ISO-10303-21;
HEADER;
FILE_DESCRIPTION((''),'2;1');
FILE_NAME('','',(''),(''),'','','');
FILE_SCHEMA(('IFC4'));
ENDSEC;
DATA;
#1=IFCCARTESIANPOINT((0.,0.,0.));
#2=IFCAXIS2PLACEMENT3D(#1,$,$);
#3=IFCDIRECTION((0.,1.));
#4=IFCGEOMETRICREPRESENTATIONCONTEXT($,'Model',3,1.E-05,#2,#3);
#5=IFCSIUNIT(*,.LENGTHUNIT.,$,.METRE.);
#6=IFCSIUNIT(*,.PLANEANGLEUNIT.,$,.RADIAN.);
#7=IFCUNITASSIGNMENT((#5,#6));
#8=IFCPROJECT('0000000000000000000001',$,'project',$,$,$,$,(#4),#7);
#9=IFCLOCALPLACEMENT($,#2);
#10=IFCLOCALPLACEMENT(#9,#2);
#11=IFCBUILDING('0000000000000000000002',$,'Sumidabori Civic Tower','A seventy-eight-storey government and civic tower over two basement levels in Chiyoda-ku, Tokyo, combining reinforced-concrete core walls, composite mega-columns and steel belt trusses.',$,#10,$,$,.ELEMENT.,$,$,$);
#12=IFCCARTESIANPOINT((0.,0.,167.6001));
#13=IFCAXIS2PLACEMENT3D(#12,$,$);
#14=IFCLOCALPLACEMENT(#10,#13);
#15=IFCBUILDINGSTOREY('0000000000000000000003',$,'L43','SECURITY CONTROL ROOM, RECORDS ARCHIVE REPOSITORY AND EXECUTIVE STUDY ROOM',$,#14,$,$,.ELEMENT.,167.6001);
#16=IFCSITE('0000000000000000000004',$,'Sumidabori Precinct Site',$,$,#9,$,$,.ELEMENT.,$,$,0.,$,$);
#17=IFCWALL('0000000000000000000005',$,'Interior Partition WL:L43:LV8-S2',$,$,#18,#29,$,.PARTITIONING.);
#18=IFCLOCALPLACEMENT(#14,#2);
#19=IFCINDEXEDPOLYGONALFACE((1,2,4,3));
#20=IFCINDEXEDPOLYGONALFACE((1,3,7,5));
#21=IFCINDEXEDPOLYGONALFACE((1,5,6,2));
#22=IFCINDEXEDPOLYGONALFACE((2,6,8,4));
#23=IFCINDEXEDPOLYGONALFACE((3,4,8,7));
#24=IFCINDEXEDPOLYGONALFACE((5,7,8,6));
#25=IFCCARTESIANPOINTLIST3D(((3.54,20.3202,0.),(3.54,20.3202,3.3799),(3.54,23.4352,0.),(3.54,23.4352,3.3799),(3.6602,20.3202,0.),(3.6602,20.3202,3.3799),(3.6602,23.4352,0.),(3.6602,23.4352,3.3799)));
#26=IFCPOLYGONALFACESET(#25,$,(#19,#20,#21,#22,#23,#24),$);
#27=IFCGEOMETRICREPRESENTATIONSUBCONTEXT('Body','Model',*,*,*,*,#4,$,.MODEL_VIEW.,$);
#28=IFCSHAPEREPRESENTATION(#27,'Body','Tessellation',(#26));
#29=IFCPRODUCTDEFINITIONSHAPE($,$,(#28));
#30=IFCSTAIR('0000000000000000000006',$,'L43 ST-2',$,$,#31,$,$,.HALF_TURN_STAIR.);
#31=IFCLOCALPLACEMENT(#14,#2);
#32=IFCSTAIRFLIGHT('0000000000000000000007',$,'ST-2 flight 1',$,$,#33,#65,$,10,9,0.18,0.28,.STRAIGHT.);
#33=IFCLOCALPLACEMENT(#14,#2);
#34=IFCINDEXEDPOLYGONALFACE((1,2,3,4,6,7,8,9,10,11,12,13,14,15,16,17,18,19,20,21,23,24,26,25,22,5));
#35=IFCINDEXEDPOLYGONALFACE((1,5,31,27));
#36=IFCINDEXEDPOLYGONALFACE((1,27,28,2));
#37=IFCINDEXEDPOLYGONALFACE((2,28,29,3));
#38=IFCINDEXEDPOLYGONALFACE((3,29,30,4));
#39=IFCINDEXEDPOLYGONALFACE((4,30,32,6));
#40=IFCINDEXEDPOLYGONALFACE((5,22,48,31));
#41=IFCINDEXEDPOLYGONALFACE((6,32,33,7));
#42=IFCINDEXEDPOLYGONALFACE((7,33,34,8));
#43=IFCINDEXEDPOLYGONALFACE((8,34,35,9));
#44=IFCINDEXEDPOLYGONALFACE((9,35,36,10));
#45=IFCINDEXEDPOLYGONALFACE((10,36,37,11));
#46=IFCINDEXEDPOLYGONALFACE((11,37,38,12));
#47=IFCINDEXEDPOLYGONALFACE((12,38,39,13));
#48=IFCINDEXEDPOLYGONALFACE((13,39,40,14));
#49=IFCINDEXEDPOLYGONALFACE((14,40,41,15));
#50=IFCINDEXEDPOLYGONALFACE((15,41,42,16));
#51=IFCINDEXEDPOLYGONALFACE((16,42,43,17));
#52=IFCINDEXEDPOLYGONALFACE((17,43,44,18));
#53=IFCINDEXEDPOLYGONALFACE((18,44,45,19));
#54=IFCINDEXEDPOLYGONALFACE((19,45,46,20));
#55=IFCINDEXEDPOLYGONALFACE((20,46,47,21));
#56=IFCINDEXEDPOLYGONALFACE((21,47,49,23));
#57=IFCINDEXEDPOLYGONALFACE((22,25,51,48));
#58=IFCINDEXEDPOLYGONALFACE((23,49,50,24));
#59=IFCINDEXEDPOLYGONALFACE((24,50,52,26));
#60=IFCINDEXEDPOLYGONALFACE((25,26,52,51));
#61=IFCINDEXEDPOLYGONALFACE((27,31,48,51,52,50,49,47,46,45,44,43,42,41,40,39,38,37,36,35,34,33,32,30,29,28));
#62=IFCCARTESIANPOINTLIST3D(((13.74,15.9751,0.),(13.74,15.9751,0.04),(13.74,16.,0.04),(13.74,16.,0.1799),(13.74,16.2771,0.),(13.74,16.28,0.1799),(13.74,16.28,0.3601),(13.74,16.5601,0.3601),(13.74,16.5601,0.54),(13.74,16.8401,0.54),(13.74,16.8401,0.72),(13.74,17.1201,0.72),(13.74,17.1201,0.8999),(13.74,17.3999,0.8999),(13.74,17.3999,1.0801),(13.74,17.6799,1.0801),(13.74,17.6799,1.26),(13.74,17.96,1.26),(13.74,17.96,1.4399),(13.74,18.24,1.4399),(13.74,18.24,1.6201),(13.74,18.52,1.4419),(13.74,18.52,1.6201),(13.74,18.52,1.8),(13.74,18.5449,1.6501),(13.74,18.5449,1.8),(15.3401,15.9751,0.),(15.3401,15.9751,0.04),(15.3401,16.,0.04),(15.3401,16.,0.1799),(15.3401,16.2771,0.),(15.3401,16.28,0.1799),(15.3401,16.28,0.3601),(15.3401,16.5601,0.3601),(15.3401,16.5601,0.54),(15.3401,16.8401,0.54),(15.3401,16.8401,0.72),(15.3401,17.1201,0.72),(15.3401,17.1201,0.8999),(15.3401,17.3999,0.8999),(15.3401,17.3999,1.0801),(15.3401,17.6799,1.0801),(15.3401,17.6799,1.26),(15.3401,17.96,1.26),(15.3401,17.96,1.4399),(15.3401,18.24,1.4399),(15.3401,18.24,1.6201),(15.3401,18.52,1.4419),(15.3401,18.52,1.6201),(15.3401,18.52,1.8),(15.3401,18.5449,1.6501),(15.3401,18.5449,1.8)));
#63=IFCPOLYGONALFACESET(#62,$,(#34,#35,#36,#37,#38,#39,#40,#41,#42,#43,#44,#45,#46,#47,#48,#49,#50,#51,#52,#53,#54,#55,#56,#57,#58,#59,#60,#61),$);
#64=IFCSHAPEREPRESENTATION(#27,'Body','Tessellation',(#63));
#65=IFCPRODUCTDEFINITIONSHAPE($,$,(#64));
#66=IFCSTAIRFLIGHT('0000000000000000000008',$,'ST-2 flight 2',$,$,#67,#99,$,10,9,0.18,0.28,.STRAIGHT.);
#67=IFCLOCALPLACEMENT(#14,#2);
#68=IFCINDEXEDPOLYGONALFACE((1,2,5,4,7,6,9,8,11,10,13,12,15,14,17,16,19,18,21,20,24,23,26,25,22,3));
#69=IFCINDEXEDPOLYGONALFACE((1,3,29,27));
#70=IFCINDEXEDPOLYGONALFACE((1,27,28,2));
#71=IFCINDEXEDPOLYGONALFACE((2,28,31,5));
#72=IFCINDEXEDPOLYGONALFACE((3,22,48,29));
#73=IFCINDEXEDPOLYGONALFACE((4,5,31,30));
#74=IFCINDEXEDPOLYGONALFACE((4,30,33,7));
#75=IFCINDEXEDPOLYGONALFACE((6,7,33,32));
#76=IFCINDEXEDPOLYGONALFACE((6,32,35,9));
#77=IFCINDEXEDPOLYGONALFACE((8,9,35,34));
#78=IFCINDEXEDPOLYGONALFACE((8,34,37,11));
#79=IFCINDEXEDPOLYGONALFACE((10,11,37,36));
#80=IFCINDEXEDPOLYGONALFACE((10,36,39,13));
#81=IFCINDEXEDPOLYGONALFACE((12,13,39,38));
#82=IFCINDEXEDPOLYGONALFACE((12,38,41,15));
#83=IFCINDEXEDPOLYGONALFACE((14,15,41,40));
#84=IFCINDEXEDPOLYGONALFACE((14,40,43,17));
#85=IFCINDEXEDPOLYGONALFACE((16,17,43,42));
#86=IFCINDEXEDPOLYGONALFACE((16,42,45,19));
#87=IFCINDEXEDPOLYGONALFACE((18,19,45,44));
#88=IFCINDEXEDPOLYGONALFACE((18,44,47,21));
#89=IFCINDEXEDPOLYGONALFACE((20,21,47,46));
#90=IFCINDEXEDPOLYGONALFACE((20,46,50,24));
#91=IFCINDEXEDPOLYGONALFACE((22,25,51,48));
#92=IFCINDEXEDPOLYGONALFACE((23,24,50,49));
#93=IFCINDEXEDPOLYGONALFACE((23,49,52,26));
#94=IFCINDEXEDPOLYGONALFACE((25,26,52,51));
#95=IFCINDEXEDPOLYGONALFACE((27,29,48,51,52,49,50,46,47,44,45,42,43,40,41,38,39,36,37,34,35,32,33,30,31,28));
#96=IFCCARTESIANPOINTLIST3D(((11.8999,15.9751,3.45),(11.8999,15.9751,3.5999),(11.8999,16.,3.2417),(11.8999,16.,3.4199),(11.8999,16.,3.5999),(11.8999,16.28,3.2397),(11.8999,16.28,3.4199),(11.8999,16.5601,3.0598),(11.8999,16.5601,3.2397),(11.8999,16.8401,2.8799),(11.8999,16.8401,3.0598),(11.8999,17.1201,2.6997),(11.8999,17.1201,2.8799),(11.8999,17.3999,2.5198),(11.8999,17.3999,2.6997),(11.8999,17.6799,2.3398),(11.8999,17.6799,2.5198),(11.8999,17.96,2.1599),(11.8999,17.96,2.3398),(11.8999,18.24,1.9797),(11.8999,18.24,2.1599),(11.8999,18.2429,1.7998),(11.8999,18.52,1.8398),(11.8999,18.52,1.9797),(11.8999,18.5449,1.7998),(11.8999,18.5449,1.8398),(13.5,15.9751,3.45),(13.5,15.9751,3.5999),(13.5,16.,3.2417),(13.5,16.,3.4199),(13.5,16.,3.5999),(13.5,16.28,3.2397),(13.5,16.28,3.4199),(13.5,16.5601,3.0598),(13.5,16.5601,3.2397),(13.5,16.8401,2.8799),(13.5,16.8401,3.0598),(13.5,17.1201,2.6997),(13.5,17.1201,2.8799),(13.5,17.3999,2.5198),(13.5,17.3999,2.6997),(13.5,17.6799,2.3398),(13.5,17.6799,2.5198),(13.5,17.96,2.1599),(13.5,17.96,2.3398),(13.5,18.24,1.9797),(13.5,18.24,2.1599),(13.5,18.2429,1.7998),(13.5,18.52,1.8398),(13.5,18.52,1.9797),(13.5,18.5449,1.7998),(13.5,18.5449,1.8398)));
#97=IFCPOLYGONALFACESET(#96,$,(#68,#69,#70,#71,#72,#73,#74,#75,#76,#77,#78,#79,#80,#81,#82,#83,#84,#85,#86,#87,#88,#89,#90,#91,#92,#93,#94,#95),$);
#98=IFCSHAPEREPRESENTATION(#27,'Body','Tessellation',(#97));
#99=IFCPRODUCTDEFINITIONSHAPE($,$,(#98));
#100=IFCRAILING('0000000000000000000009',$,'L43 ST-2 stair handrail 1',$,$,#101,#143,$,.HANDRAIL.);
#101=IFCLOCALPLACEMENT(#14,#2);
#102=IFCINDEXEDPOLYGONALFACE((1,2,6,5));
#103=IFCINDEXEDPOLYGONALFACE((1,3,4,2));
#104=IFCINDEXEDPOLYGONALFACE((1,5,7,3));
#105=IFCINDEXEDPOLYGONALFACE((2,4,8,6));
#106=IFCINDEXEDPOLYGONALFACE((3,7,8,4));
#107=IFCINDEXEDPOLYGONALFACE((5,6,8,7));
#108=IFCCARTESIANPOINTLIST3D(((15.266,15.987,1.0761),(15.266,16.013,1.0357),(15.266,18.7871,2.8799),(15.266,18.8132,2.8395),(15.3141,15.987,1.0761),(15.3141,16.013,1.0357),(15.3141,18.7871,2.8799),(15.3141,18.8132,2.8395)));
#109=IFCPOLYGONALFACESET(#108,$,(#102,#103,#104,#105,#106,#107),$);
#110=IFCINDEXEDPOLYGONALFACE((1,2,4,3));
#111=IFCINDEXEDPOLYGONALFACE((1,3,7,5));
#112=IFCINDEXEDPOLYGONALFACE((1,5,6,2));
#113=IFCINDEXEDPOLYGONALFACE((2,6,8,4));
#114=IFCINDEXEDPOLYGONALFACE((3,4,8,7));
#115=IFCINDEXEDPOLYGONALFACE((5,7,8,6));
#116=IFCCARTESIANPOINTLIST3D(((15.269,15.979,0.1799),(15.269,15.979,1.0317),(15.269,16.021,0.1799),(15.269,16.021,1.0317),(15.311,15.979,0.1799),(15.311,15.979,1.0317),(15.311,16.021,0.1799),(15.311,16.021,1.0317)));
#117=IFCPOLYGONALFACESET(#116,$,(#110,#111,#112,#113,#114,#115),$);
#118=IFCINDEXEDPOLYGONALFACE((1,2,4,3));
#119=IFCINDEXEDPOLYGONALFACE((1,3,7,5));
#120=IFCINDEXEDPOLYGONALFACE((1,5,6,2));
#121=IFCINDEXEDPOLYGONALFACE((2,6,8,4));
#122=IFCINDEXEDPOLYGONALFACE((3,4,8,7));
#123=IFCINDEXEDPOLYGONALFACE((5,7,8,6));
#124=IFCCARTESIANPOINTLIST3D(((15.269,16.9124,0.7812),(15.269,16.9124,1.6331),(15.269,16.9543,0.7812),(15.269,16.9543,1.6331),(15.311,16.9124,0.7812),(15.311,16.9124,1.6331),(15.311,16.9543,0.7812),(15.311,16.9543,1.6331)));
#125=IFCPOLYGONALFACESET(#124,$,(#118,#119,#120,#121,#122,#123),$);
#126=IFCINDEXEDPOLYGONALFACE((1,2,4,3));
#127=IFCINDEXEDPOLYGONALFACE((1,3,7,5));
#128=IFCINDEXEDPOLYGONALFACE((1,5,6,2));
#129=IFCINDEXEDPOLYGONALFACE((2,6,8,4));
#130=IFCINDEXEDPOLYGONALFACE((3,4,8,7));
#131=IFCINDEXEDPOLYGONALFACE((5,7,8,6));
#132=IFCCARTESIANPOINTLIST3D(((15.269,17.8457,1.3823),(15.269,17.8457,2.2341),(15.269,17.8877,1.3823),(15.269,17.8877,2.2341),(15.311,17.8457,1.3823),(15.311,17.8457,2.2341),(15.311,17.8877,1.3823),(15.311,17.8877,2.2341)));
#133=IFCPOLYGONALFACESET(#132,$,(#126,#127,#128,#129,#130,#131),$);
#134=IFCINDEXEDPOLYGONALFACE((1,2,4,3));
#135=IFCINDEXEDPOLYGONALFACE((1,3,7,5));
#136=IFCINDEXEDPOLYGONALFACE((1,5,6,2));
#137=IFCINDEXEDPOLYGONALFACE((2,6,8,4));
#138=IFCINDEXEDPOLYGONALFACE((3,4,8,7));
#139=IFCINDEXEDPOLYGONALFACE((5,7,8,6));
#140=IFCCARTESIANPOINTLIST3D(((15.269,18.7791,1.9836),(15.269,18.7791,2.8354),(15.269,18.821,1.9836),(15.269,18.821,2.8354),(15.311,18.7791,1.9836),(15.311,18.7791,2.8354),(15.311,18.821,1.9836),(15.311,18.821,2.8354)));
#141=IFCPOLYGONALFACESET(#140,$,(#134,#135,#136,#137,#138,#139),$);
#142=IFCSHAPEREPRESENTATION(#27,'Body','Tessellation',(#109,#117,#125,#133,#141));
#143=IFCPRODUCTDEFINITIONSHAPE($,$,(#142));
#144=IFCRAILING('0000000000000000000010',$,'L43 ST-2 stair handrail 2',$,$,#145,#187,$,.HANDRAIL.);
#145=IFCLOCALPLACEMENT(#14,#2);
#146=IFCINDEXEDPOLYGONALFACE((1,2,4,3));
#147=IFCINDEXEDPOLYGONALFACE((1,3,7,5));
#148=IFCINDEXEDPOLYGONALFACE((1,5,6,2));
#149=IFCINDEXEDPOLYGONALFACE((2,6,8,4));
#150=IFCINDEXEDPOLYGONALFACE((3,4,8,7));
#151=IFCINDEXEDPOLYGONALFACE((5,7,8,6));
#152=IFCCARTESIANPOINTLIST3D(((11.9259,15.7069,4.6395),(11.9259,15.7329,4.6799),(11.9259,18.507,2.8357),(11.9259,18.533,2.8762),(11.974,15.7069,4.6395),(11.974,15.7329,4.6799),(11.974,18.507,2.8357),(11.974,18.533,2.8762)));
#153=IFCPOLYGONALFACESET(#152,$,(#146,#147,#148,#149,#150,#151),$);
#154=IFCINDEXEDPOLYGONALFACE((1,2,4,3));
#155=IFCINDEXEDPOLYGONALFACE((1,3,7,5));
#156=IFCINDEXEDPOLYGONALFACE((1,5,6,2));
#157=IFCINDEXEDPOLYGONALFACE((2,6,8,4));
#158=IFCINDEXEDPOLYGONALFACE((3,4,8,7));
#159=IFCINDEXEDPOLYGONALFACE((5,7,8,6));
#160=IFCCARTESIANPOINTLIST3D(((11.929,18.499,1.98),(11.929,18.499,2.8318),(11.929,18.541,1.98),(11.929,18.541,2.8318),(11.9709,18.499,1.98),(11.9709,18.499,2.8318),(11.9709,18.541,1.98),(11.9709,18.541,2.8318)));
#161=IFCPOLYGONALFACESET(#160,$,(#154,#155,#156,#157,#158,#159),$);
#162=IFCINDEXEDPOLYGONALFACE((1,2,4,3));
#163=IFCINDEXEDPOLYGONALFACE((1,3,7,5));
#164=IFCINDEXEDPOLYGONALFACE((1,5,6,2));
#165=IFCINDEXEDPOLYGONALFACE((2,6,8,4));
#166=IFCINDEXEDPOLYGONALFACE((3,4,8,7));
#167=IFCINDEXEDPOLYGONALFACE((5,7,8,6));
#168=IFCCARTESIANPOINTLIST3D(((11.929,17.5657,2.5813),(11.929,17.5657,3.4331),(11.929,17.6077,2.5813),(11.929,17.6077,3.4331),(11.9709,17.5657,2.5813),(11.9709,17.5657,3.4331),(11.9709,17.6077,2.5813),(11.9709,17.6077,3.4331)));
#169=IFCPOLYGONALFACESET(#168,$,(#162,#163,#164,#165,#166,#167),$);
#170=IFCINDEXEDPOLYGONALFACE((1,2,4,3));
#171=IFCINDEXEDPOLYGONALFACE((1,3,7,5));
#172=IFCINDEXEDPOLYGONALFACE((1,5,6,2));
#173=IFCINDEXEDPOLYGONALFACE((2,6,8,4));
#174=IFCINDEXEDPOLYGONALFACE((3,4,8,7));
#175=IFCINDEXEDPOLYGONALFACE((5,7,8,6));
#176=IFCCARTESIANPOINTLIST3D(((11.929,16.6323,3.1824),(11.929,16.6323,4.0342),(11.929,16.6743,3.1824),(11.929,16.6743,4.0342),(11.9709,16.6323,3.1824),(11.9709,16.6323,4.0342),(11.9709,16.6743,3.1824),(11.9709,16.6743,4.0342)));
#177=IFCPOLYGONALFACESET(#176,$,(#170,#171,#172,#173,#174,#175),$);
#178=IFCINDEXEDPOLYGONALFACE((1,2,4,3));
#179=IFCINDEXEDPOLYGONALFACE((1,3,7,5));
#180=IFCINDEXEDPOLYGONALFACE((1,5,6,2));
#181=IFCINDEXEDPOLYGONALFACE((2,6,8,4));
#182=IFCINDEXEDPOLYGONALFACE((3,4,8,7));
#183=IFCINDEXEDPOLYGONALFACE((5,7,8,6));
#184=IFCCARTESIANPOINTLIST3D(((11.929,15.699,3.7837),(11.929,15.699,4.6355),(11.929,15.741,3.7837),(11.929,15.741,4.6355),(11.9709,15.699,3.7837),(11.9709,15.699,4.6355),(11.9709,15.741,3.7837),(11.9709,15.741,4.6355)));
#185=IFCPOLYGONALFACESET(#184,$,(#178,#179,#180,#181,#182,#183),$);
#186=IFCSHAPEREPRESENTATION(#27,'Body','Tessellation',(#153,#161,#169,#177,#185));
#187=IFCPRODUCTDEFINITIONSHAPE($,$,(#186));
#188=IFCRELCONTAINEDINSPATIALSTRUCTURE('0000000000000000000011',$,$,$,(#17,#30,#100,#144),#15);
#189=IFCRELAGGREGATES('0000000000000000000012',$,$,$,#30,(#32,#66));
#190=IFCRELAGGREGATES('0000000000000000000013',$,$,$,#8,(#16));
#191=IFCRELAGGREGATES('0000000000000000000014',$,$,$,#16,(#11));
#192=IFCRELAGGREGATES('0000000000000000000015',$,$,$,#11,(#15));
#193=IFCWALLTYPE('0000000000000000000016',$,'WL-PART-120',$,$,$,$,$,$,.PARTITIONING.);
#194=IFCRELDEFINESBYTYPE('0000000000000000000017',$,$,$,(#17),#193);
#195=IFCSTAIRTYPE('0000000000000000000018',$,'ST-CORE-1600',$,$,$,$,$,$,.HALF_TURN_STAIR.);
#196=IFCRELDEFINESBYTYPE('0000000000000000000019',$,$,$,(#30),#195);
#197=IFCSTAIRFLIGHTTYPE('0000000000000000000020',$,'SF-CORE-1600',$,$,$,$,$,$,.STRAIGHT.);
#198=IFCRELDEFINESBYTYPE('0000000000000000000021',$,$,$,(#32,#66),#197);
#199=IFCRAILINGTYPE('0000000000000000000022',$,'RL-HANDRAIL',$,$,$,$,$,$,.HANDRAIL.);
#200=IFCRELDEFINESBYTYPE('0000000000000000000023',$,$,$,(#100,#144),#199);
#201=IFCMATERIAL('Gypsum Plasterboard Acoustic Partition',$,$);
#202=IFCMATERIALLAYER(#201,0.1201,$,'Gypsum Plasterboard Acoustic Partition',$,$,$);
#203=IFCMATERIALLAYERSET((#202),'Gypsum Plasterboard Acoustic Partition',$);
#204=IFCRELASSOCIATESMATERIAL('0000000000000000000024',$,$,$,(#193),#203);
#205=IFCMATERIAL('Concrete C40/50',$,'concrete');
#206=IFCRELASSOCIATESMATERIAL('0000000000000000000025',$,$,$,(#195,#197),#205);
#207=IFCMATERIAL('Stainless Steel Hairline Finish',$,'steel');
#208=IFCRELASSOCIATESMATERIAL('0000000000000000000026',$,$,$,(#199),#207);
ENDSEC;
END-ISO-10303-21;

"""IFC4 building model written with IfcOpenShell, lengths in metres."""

from ifc_helpers import new_model, si_unit, direction, frame, frame_2d, origin, origin_2d, place, context, subcontext, project, spatial, polyline, rectangle, outline, extrude, source, transform, mapped, material, layer, layer_set, type_object, element, aggregate, save


model = new_model("IFC4")

# Units and contexts
model_context = context("Model", 3, precision=1e-05, world=origin(), true_north=direction((0.0, 1.0)))
body_context = subcontext(model_context, "Body", "Model", "MODEL_VIEW")
ifc_project = project(units=[si_unit("LENGTHUNIT", "METRE"), si_unit("PLANEANGLEUNIT", "RADIAN")], contexts=[model_context])

# Site, building, storey
site_placement = place(None, origin())
site = spatial("IfcSite", under=ifc_project, at=site_placement, Name="Sumidabori Precinct Site", CompositionType="ELEMENT", RefElevation=0.0)
building_placement = place(site_placement, origin())
building = spatial("IfcBuilding", under=site, at=building_placement, Name="Sumidabori Civic Tower", Description="A seventy-eight-storey government and civic tower over two basement levels in Chiyoda-ku, Tokyo, combining reinforced-concrete core walls, composite mega-columns and steel belt trusses.", CompositionType="ELEMENT")
storey_placement = place(building_placement, frame((0.0, 0.0, 167.6001)))
storey = spatial("IfcBuildingStorey", under=building, at=storey_placement, Name="L43", Description="SECURITY CONTROL ROOM, RECORDS ARCHIVE REPOSITORY AND EXECUTIVE STUDY ROOM", CompositionType="ELEMENT", Elevation=167.6001)

# Wall
ifc_material_1 = material(Name="Gypsum Plasterboard Acoustic Partition")
ifc_layer_1 = layer(ifc_material_1, 0.1201, Name="Gypsum Plasterboard Acoustic Partition")
ifc_layer_set_1 = layer_set([ifc_layer_1], Name="Gypsum Plasterboard Acoustic Partition")
wall_type_1 = type_object("IfcWallType", Name="WL-PART-120", PredefinedType="PARTITIONING", material=ifc_layer_set_1)
shared_shape_1 = source(origin(), body_context, "Body", "SweptSolid", [
    extrude(rectangle(XDim=3.115, YDim=0.1201, at=frame_2d((1.5576, 0.0))), origin(), (0.0, 0.0, 1.0), 3.3799),
])
for number, where, z_axis, x_axis, name in (
    (1, (3.6001, 20.3201, 0.0), (0.0, 0.0, 1.0), (0.0, 1.0, 0.0), "Interior Partition WL:L43:LV8-S2"),
):
    element("IfcWall", number, at=place(storey_placement, frame(where, z_axis=z_axis, x_axis=x_axis)), inside=storey, type_object=wall_type_1, Name=name, PredefinedType="PARTITIONING", context=body_context, shape_type="MappedRepresentation", body=[
        mapped(shared_shape_1, transform((0.0, 0.0, 0.0), x_axis=(1.0, 0.0, 0.0), y_axis=(0.0, 1.0, 0.0), z_axis=(0.0, 0.0, 1.0), scale=1.0)),
    ])

# Stair, stair flights
ifc_material_2 = material(Name="Concrete C40/50", Category="concrete")
stair_type = type_object("IfcStairType", Name="ST-CORE-1600", PredefinedType="HALF_TURN_STAIR", material=ifc_material_2)
stair_placement = place(storey_placement, origin())
stair = element("IfcStair", 2, at=stair_placement, inside=storey, type_object=stair_type, Name="L43 ST-2", PredefinedType="HALF_TURN_STAIR")
stair_flight_type = type_object("IfcStairFlightType", Name="SF-CORE-1600", PredefinedType="STRAIGHT", material=ifc_material_2)
shared_shape_2 = source(origin(), body_context, "Body", "SweptSolid", [
    extrude(outline(polyline([(-0.0249, 0.0), (-0.0249, 0.04), (0.0, 0.04), (0.0, 0.1799), (0.28, 0.1799), (0.28, 0.3601), (0.5601, 0.3601), (0.5601, 0.54), (0.8401, 0.54), (0.8401, 0.72), (1.1201, 0.72), (1.1201, 0.8999), (1.3999, 0.8999), (1.3999, 1.0801), (1.6799, 1.0801), (1.6799, 1.26), (1.96, 1.26), (1.96, 1.4399), (2.24, 1.4399), (2.24, 1.6201), (2.52, 1.6201), (2.52, 1.8), (2.5449, 1.8), (2.5449, 1.6501), (2.52, 1.4419), (0.2771, 0.0), (-0.0249, 0.0)])), frame((0.0, 0.8, 0.0), z_axis=(0.0, -1.0, 0.0), x_axis=(1.0, 0.0, 0.0)), (0.0, 0.0, 1.0), 1.6001),
])
stair_flight_1_placement = place(storey_placement, frame((14.54, 16.0, 0.0), z_axis=(0.0, 0.0, 1.0), x_axis=(0.0, 1.0, 0.0)))
stair_flight_1 = element("IfcStairFlight", 3, at=stair_flight_1_placement, type_object=stair_flight_type, Name="ST-2 flight 1", NumberOfRisers=10, NumberOfTreads=9, PredefinedType="STRAIGHT", RiserHeight=0.18, TreadLength=0.28, context=body_context, shape_type="MappedRepresentation", body=[
    mapped(shared_shape_2, transform((0.0, 0.0, 0.0), x_axis=(1.0, 0.0, 0.0), y_axis=(0.0, 1.0, 0.0), z_axis=(0.0, 0.0, 1.0), scale=1.0)),
])
stair_flight_2_placement = place(storey_placement, frame((12.7, 18.52, 1.7998), z_axis=(0.0, 0.0, 1.0), x_axis=(0.0, -1.0, 0.0)))
stair_flight_2 = element("IfcStairFlight", 4, at=stair_flight_2_placement, type_object=stair_flight_type, Name="ST-2 flight 2", NumberOfRisers=10, NumberOfTreads=9, PredefinedType="STRAIGHT", RiserHeight=0.18, TreadLength=0.28, context=body_context, shape_type="MappedRepresentation", body=[
    mapped(shared_shape_2, transform((0.0, 0.0, 0.0), x_axis=(1.0, 0.0, 0.0), y_axis=(0.0, 1.0, 0.0), z_axis=(0.0, 0.0, 1.0), scale=1.0)),
])
aggregate(stair, [stair_flight_1, stair_flight_2])

# Railings
ifc_material_3 = material(Name="Stainless Steel Hairline Finish", Category="steel")
railing_type_1 = type_object("IfcRailingType", Name="RL-HANDRAIL", PredefinedType="HANDRAIL", material=ifc_material_3)
railing_1_placement = place(storey_placement, frame((15.29, 16.0, 0.1799)))
element("IfcRailing", 5, at=railing_1_placement, inside=storey, type_object=railing_type_1, Name="L43 ST-2 stair handrail 1", PredefinedType="HANDRAIL", context=body_context, shape_type="SweptSolid", body=[
    extrude(rectangle(XDim=0.0481, YDim=0.0481, at=origin_2d()), frame((0.0, 0.0, 0.876), z_axis=(0.0, 0.840676, 0.541539), x_axis=(-1.0, 0.0, 0.0)), (0.0, 0.0, 1.0), 3.3308),
    extrude(rectangle(XDim=0.042, YDim=0.042, at=origin_2d()), origin(), (0.0, 0.0, 1.0), 0.8518),
    extrude(rectangle(XDim=0.042, YDim=0.042, at=origin_2d()), frame((0.0, 0.9333, 0.6013)), (0.0, 0.0, 1.0), 0.8518),
    extrude(rectangle(XDim=0.042, YDim=0.042, at=origin_2d()), frame((0.0, 1.8667, 1.2024)), (0.0, 0.0, 1.0), 0.8518),
    extrude(rectangle(XDim=0.042, YDim=0.042, at=origin_2d()), frame((0.0, 2.8, 1.8037)), (0.0, 0.0, 1.0), 0.8518),
])
railing_2_placement = place(storey_placement, frame((11.95, 18.52, 1.98)))
element("IfcRailing", 6, at=railing_2_placement, inside=storey, type_object=railing_type_1, Name="L43 ST-2 stair handrail 2", PredefinedType="HANDRAIL", context=body_context, shape_type="SweptSolid", body=[
    extrude(rectangle(XDim=0.0481, YDim=0.0481, at=origin_2d()), frame((0.0, 0.0, 0.876), z_axis=(0.0, -0.840676, 0.541539), x_axis=(1.0, 0.0, 0.0)), (0.0, 0.0, 1.0), 3.3308),
    extrude(rectangle(XDim=0.042, YDim=0.042, at=origin_2d()), origin(), (0.0, 0.0, 1.0), 0.8518),
    extrude(rectangle(XDim=0.042, YDim=0.042, at=origin_2d()), frame((0.0, -0.9333, 0.6013)), (0.0, 0.0, 1.0), 0.8518),
    extrude(rectangle(XDim=0.042, YDim=0.042, at=origin_2d()), frame((0.0, -1.8667, 1.2024)), (0.0, 0.0, 1.0), 0.8518),
    extrude(rectangle(XDim=0.042, YDim=0.042, at=origin_2d()), frame((0.0, -2.8, 1.8037)), (0.0, 0.0, 1.0), 0.8518),
])

save(model, "model.ifc")
